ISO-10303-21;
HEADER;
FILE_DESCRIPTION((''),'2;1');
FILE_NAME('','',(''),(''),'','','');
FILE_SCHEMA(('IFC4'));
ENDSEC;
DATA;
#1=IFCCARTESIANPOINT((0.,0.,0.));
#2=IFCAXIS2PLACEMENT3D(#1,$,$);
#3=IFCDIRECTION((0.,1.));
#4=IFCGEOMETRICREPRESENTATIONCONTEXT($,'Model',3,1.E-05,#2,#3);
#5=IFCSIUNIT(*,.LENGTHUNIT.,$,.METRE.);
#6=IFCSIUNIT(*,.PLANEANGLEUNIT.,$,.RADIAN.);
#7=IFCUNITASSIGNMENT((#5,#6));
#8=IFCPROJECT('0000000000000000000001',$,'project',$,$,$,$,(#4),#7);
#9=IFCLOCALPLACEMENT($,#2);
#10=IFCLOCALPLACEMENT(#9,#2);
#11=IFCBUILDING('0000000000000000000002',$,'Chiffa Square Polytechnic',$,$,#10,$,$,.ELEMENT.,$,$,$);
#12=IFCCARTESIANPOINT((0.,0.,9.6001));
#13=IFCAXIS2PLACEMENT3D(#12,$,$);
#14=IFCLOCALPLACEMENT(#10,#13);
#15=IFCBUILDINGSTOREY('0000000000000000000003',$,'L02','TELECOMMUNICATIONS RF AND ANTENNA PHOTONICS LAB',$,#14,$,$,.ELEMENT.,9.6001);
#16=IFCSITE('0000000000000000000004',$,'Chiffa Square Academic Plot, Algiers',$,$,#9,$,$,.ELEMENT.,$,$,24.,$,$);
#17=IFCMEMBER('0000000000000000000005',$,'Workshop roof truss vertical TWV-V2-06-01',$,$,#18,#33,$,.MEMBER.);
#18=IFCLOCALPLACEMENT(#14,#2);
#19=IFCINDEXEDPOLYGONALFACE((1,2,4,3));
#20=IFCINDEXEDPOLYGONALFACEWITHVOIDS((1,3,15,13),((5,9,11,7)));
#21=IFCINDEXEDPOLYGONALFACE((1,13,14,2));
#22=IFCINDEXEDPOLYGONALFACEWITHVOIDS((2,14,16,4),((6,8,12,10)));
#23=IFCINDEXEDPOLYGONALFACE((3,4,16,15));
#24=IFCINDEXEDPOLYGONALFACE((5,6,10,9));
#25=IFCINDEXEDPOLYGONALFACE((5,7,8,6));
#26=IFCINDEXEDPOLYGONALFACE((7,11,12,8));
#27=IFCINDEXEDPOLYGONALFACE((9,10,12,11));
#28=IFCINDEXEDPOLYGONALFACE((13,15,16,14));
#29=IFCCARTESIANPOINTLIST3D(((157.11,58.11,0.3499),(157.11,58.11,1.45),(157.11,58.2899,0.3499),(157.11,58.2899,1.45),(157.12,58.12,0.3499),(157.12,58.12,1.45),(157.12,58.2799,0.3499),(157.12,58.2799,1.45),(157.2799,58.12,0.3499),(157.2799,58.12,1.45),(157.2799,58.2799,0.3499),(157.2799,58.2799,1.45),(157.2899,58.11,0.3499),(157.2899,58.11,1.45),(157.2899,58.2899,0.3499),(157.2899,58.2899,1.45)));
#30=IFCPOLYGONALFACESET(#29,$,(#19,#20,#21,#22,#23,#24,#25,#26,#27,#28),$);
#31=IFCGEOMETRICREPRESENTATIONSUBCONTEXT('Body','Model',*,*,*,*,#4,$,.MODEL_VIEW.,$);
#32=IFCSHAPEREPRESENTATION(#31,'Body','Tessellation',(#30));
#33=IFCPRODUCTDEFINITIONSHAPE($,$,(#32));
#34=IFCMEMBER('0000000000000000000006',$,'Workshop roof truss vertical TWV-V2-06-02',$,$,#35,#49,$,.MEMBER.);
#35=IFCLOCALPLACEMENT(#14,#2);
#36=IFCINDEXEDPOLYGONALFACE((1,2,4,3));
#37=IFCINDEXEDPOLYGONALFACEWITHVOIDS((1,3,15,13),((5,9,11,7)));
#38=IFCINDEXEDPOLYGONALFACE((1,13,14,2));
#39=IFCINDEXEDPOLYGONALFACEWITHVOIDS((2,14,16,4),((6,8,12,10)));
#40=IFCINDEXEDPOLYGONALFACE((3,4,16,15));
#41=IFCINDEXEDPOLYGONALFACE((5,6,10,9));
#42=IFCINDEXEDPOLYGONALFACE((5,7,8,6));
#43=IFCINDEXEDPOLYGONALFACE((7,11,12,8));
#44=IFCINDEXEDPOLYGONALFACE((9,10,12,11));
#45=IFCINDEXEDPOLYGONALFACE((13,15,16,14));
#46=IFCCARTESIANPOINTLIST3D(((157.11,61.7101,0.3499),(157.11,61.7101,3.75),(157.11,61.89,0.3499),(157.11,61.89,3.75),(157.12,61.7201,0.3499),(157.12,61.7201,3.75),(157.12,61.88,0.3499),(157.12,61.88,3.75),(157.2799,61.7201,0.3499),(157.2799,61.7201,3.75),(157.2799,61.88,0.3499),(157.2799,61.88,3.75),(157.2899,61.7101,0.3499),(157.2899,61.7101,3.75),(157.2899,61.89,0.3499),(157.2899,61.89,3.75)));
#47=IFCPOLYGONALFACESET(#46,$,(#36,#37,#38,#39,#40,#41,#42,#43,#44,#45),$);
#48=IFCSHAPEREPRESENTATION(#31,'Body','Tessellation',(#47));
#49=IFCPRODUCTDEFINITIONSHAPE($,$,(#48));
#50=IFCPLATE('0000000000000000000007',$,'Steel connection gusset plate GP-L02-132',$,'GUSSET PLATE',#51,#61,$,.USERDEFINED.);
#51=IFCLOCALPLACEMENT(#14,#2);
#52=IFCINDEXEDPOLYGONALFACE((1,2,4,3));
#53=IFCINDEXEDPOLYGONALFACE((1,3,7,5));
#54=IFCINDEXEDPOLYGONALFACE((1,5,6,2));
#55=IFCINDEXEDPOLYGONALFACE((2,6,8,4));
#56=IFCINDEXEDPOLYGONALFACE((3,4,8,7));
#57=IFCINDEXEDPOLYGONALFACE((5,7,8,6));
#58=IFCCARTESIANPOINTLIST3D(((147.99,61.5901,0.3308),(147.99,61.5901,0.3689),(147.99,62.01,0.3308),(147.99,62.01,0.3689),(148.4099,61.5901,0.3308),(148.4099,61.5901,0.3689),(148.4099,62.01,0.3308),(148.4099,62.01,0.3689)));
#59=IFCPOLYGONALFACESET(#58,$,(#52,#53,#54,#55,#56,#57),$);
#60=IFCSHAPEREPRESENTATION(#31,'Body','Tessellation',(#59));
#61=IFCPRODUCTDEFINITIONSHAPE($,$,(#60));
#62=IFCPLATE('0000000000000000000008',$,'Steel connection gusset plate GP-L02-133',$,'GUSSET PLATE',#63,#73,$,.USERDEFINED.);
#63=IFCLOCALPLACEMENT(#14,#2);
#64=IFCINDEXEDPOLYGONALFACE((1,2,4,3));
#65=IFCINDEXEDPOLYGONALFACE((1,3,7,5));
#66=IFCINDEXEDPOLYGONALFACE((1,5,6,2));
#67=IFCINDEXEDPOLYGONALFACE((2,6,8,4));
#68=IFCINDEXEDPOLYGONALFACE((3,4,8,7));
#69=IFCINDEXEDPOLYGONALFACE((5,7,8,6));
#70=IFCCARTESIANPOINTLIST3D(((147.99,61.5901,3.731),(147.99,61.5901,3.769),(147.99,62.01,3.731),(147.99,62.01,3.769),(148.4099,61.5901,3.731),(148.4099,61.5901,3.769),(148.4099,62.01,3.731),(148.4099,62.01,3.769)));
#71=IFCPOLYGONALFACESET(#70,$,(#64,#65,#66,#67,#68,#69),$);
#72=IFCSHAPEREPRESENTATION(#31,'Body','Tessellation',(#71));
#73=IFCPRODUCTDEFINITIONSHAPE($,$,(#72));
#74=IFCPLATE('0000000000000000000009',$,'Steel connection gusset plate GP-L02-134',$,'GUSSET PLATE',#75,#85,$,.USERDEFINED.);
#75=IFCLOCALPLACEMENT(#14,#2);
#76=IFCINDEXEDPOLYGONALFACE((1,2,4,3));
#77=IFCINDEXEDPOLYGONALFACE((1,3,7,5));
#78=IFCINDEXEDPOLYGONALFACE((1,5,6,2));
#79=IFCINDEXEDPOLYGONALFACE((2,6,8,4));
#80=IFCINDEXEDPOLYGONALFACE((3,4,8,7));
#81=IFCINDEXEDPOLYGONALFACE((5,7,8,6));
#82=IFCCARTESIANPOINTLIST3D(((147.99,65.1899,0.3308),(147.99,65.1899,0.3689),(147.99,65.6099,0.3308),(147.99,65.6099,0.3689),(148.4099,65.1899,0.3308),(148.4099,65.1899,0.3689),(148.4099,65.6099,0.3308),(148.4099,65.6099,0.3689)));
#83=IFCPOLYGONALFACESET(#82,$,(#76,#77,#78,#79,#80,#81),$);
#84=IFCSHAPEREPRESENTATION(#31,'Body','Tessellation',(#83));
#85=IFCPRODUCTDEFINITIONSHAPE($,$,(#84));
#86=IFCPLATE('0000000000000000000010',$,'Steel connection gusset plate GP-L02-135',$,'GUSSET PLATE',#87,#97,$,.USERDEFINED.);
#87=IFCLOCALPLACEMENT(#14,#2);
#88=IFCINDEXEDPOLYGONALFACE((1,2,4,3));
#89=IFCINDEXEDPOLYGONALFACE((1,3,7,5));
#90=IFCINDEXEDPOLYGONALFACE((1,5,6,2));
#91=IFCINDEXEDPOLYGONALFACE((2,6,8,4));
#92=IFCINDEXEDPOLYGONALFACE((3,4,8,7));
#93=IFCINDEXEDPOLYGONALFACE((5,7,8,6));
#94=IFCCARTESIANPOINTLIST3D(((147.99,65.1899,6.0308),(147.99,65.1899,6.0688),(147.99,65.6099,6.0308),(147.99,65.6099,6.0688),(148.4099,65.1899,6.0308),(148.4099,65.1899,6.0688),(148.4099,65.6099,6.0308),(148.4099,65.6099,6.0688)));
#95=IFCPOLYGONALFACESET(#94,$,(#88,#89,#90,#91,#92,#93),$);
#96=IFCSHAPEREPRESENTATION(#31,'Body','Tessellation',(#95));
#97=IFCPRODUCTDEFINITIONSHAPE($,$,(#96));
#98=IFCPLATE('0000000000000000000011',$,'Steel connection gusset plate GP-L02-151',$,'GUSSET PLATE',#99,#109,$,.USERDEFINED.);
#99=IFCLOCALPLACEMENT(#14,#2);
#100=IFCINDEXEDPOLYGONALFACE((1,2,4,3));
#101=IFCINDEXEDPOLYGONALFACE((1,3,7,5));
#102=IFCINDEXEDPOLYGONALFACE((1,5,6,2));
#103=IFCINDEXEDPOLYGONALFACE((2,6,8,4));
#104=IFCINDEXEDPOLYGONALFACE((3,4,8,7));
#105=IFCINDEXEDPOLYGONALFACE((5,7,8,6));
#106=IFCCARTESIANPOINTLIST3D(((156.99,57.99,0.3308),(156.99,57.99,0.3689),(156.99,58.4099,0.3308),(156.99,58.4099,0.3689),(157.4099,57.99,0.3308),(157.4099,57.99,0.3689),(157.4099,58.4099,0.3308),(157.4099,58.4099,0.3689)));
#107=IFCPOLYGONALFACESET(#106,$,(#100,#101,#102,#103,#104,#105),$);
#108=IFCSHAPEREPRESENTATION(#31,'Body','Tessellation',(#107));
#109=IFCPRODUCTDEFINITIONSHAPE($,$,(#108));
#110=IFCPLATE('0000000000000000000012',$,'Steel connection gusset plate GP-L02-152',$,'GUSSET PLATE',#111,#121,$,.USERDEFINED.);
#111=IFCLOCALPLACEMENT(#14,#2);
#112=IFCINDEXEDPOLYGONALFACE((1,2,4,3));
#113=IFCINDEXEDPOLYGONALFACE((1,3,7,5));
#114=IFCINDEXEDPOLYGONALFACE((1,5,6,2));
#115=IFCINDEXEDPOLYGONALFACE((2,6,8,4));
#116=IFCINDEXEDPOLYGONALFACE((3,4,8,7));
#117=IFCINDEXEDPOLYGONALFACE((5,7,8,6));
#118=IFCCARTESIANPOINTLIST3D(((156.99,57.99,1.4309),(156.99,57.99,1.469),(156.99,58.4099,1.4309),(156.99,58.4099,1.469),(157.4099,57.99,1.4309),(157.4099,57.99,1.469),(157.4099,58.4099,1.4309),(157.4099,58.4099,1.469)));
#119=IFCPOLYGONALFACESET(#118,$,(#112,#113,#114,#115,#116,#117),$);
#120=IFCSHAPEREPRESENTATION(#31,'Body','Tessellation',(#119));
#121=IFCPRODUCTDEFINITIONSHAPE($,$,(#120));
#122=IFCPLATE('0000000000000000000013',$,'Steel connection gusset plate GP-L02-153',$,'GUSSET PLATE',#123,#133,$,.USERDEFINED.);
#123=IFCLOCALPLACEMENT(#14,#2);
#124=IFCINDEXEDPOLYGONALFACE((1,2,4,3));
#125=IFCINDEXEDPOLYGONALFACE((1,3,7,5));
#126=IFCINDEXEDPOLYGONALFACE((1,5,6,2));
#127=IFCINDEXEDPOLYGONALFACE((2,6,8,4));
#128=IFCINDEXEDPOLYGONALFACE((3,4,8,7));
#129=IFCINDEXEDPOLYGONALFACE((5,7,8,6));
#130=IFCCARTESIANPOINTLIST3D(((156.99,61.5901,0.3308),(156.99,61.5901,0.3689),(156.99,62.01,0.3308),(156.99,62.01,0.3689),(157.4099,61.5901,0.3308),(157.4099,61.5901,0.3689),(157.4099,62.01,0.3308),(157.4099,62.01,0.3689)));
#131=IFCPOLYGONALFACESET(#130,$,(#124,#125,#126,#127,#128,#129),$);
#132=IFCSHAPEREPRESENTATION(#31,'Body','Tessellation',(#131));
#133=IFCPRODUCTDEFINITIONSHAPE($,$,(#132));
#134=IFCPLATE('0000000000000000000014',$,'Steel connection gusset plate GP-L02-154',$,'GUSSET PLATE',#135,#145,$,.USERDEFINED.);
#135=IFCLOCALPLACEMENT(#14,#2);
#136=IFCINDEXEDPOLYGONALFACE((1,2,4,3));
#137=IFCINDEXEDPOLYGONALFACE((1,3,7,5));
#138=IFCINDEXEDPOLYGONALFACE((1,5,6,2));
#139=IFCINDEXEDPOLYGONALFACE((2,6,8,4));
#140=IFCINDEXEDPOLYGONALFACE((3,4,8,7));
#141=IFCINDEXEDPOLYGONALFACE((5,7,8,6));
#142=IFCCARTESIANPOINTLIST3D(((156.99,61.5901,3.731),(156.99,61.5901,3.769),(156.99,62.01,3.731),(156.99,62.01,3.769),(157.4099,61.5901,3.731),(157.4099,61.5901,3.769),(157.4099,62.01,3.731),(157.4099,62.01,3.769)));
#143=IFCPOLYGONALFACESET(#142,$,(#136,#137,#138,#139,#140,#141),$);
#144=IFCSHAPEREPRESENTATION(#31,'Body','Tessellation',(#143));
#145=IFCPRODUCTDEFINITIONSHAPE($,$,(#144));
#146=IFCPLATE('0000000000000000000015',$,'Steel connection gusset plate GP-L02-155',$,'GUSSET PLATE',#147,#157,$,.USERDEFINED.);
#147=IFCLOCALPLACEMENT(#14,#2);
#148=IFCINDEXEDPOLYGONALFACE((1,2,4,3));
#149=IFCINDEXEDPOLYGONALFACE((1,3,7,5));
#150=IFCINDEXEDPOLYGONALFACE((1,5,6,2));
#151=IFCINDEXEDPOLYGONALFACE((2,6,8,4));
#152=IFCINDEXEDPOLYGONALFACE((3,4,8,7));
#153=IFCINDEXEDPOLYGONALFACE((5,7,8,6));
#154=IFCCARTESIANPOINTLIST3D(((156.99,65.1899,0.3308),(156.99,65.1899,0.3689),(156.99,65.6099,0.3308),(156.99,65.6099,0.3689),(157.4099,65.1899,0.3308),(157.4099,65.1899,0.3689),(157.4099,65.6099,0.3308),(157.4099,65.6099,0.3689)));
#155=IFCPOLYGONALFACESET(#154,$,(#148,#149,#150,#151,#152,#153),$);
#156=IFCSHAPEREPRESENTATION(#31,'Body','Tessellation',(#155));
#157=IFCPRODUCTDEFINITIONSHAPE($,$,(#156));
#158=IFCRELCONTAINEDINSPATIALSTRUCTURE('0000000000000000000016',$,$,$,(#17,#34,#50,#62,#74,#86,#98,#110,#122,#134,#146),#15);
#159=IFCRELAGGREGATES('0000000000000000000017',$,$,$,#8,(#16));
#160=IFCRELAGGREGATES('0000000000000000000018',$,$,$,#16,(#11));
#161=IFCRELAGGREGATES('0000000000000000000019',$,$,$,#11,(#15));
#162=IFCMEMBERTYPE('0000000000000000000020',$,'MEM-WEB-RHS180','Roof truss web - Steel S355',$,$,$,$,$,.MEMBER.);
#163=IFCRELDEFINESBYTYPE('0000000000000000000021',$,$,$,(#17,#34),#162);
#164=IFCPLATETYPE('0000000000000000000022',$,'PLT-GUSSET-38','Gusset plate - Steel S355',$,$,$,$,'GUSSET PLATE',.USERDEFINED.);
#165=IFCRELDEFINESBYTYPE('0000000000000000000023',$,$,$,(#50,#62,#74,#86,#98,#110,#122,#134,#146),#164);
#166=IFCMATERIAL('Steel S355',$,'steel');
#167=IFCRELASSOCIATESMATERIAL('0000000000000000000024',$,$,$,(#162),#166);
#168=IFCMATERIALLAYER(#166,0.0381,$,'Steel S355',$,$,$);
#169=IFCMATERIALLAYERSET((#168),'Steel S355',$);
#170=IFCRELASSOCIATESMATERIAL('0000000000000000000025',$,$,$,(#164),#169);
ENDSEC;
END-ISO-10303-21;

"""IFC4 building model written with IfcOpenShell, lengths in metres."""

from ifc_helpers import new_model, si_unit, direction, frame, origin, origin_2d, place, context, subcontext, project, spatial, rectangle, hollow_rectangle, extrude, material, layer, layer_set, material_profile, profile_set, type_object, element, save


model = new_model("IFC4")

# Units and contexts
model_context = context("Model", 3, precision=1e-05, world=origin(), true_north=direction((0.0, 1.0)))
body_context = subcontext(model_context, "Body", "Model", "MODEL_VIEW")
ifc_project = project(units=[si_unit("LENGTHUNIT", "METRE"), si_unit("PLANEANGLEUNIT", "RADIAN")], contexts=[model_context])

# Site, building, storey
site_placement = place(None, origin())
site = spatial("IfcSite", under=ifc_project, at=site_placement, Name="Chiffa Square Academic Plot, Algiers", CompositionType="ELEMENT", RefElevation=24.0)
building_placement = place(site_placement, origin())
building = spatial("IfcBuilding", under=site, at=building_placement, Name="Chiffa Square Polytechnic", CompositionType="ELEMENT")
storey_placement = place(building_placement, frame((0.0, 0.0, 9.6001)))
storey = spatial("IfcBuildingStorey", under=building, at=storey_placement, Name="L02", Description="TELECOMMUNICATIONS RF AND ANTENNA PHOTONICS LAB", CompositionType="ELEMENT", Elevation=9.6001)

# Shared definitions
ifc_material = material(Name="Steel S355", Category="steel")

# Members
ifc_material_profile_1 = material_profile(ifc_material, hollow_rectangle(XDim=0.1799, YDim=0.1799, WallThickness=0.01, at=origin_2d()), Name="RHS 180x180x10")
ifc_profile_set_1 = profile_set([ifc_material_profile_1], Name="Steel S355")
member_type_1 = type_object("IfcMemberType", Name="MEM-WEB-RHS180", Description="Roof truss web - Steel S355", PredefinedType="MEMBER", material=ifc_profile_set_1)
member_1_placement = place(storey_placement, frame((157.2, 58.2, 0.3499), z_axis=(0.0, 0.0, 1.0), x_axis=(1.0, 0.0, 0.0)))
element("IfcMember", 1, at=member_1_placement, inside=storey, type_object=member_type_1, Name="Workshop roof truss vertical TWV-V2-06-01", PredefinedType="MEMBER", context=body_context, shape_type="SweptSolid", body=[
    extrude(hollow_rectangle(XDim=0.1799, YDim=0.1799, WallThickness=0.01, at=origin_2d()), origin(), (0.0, 0.0, 1.0), 1.1001),
])
member_2_placement = place(storey_placement, frame((157.2, 61.8, 0.3499), z_axis=(0.0, 0.0, 1.0), x_axis=(1.0, 0.0, 0.0)))
element("IfcMember", 2, at=member_2_placement, inside=storey, type_object=member_type_1, Name="Workshop roof truss vertical TWV-V2-06-02", PredefinedType="MEMBER", context=body_context, shape_type="SweptSolid", body=[
    extrude(hollow_rectangle(XDim=0.1799, YDim=0.1799, WallThickness=0.01, at=origin_2d()), origin(), (0.0, 0.0, 1.0), 3.4001),
])

# Plates
ifc_layer = layer(ifc_material, 0.0381, Name="Steel S355")
ifc_layer_set = layer_set([ifc_layer], Name="Steel S355")
plate_type = type_object("IfcPlateType", Name="PLT-GUSSET-38", Description="Gusset plate - Steel S355", ElementType="GUSSET PLATE", PredefinedType="USERDEFINED", material=ifc_layer_set)
for number, where, z_axis, x_axis, name in (
    (3, (148.2, 61.8, 0.3308), (0.0, 0.0, 1.0), (1.0, 0.0, 0.0), "Steel connection gusset plate GP-L02-132"),
    (4, (148.2, 61.8, 3.731), (0.0, 0.0, 1.0), (1.0, 0.0, 0.0), "Steel connection gusset plate GP-L02-133"),
    (5, (148.2, 65.3999, 0.3308), (0.0, 0.0, 1.0), (1.0, 0.0, 0.0), "Steel connection gusset plate GP-L02-134"),
    (6, (148.2, 65.3999, 6.0308), (0.0, 0.0, 1.0), (1.0, 0.0, 0.0), "Steel connection gusset plate GP-L02-135"),
    (7, (157.2, 58.2, 0.3308), (0.0, 0.0, 1.0), (1.0, 0.0, 0.0), "Steel connection gusset plate GP-L02-151"),
    (8, (157.2, 58.2, 1.4309), (0.0, 0.0, 1.0), (1.0, 0.0, 0.0), "Steel connection gusset plate GP-L02-152"),
    (9, (157.2, 61.8, 0.3308), (0.0, 0.0, 1.0), (1.0, 0.0, 0.0), "Steel connection gusset plate GP-L02-153"),
    (10, (157.2, 61.8, 3.731), (0.0, 0.0, 1.0), (1.0, 0.0, 0.0), "Steel connection gusset plate GP-L02-154"),
    (11, (157.2, 65.3999, 0.3308), (0.0, 0.0, 1.0), (1.0, 0.0, 0.0), "Steel connection gusset plate GP-L02-155"),
):
    element("IfcPlate", number, at=place(storey_placement, frame(where, z_axis=z_axis, x_axis=x_axis)), inside=storey, type_object=plate_type, Name=name, ObjectType="GUSSET PLATE", PredefinedType="USERDEFINED", context=body_context, shape_type="SweptSolid", body=[
        extrude(rectangle(XDim=0.4199, YDim=0.4199, at=origin_2d()), origin(), (0.0, 0.0, 1.0), 0.0381),
    ])

save(model, "model.ifc")
